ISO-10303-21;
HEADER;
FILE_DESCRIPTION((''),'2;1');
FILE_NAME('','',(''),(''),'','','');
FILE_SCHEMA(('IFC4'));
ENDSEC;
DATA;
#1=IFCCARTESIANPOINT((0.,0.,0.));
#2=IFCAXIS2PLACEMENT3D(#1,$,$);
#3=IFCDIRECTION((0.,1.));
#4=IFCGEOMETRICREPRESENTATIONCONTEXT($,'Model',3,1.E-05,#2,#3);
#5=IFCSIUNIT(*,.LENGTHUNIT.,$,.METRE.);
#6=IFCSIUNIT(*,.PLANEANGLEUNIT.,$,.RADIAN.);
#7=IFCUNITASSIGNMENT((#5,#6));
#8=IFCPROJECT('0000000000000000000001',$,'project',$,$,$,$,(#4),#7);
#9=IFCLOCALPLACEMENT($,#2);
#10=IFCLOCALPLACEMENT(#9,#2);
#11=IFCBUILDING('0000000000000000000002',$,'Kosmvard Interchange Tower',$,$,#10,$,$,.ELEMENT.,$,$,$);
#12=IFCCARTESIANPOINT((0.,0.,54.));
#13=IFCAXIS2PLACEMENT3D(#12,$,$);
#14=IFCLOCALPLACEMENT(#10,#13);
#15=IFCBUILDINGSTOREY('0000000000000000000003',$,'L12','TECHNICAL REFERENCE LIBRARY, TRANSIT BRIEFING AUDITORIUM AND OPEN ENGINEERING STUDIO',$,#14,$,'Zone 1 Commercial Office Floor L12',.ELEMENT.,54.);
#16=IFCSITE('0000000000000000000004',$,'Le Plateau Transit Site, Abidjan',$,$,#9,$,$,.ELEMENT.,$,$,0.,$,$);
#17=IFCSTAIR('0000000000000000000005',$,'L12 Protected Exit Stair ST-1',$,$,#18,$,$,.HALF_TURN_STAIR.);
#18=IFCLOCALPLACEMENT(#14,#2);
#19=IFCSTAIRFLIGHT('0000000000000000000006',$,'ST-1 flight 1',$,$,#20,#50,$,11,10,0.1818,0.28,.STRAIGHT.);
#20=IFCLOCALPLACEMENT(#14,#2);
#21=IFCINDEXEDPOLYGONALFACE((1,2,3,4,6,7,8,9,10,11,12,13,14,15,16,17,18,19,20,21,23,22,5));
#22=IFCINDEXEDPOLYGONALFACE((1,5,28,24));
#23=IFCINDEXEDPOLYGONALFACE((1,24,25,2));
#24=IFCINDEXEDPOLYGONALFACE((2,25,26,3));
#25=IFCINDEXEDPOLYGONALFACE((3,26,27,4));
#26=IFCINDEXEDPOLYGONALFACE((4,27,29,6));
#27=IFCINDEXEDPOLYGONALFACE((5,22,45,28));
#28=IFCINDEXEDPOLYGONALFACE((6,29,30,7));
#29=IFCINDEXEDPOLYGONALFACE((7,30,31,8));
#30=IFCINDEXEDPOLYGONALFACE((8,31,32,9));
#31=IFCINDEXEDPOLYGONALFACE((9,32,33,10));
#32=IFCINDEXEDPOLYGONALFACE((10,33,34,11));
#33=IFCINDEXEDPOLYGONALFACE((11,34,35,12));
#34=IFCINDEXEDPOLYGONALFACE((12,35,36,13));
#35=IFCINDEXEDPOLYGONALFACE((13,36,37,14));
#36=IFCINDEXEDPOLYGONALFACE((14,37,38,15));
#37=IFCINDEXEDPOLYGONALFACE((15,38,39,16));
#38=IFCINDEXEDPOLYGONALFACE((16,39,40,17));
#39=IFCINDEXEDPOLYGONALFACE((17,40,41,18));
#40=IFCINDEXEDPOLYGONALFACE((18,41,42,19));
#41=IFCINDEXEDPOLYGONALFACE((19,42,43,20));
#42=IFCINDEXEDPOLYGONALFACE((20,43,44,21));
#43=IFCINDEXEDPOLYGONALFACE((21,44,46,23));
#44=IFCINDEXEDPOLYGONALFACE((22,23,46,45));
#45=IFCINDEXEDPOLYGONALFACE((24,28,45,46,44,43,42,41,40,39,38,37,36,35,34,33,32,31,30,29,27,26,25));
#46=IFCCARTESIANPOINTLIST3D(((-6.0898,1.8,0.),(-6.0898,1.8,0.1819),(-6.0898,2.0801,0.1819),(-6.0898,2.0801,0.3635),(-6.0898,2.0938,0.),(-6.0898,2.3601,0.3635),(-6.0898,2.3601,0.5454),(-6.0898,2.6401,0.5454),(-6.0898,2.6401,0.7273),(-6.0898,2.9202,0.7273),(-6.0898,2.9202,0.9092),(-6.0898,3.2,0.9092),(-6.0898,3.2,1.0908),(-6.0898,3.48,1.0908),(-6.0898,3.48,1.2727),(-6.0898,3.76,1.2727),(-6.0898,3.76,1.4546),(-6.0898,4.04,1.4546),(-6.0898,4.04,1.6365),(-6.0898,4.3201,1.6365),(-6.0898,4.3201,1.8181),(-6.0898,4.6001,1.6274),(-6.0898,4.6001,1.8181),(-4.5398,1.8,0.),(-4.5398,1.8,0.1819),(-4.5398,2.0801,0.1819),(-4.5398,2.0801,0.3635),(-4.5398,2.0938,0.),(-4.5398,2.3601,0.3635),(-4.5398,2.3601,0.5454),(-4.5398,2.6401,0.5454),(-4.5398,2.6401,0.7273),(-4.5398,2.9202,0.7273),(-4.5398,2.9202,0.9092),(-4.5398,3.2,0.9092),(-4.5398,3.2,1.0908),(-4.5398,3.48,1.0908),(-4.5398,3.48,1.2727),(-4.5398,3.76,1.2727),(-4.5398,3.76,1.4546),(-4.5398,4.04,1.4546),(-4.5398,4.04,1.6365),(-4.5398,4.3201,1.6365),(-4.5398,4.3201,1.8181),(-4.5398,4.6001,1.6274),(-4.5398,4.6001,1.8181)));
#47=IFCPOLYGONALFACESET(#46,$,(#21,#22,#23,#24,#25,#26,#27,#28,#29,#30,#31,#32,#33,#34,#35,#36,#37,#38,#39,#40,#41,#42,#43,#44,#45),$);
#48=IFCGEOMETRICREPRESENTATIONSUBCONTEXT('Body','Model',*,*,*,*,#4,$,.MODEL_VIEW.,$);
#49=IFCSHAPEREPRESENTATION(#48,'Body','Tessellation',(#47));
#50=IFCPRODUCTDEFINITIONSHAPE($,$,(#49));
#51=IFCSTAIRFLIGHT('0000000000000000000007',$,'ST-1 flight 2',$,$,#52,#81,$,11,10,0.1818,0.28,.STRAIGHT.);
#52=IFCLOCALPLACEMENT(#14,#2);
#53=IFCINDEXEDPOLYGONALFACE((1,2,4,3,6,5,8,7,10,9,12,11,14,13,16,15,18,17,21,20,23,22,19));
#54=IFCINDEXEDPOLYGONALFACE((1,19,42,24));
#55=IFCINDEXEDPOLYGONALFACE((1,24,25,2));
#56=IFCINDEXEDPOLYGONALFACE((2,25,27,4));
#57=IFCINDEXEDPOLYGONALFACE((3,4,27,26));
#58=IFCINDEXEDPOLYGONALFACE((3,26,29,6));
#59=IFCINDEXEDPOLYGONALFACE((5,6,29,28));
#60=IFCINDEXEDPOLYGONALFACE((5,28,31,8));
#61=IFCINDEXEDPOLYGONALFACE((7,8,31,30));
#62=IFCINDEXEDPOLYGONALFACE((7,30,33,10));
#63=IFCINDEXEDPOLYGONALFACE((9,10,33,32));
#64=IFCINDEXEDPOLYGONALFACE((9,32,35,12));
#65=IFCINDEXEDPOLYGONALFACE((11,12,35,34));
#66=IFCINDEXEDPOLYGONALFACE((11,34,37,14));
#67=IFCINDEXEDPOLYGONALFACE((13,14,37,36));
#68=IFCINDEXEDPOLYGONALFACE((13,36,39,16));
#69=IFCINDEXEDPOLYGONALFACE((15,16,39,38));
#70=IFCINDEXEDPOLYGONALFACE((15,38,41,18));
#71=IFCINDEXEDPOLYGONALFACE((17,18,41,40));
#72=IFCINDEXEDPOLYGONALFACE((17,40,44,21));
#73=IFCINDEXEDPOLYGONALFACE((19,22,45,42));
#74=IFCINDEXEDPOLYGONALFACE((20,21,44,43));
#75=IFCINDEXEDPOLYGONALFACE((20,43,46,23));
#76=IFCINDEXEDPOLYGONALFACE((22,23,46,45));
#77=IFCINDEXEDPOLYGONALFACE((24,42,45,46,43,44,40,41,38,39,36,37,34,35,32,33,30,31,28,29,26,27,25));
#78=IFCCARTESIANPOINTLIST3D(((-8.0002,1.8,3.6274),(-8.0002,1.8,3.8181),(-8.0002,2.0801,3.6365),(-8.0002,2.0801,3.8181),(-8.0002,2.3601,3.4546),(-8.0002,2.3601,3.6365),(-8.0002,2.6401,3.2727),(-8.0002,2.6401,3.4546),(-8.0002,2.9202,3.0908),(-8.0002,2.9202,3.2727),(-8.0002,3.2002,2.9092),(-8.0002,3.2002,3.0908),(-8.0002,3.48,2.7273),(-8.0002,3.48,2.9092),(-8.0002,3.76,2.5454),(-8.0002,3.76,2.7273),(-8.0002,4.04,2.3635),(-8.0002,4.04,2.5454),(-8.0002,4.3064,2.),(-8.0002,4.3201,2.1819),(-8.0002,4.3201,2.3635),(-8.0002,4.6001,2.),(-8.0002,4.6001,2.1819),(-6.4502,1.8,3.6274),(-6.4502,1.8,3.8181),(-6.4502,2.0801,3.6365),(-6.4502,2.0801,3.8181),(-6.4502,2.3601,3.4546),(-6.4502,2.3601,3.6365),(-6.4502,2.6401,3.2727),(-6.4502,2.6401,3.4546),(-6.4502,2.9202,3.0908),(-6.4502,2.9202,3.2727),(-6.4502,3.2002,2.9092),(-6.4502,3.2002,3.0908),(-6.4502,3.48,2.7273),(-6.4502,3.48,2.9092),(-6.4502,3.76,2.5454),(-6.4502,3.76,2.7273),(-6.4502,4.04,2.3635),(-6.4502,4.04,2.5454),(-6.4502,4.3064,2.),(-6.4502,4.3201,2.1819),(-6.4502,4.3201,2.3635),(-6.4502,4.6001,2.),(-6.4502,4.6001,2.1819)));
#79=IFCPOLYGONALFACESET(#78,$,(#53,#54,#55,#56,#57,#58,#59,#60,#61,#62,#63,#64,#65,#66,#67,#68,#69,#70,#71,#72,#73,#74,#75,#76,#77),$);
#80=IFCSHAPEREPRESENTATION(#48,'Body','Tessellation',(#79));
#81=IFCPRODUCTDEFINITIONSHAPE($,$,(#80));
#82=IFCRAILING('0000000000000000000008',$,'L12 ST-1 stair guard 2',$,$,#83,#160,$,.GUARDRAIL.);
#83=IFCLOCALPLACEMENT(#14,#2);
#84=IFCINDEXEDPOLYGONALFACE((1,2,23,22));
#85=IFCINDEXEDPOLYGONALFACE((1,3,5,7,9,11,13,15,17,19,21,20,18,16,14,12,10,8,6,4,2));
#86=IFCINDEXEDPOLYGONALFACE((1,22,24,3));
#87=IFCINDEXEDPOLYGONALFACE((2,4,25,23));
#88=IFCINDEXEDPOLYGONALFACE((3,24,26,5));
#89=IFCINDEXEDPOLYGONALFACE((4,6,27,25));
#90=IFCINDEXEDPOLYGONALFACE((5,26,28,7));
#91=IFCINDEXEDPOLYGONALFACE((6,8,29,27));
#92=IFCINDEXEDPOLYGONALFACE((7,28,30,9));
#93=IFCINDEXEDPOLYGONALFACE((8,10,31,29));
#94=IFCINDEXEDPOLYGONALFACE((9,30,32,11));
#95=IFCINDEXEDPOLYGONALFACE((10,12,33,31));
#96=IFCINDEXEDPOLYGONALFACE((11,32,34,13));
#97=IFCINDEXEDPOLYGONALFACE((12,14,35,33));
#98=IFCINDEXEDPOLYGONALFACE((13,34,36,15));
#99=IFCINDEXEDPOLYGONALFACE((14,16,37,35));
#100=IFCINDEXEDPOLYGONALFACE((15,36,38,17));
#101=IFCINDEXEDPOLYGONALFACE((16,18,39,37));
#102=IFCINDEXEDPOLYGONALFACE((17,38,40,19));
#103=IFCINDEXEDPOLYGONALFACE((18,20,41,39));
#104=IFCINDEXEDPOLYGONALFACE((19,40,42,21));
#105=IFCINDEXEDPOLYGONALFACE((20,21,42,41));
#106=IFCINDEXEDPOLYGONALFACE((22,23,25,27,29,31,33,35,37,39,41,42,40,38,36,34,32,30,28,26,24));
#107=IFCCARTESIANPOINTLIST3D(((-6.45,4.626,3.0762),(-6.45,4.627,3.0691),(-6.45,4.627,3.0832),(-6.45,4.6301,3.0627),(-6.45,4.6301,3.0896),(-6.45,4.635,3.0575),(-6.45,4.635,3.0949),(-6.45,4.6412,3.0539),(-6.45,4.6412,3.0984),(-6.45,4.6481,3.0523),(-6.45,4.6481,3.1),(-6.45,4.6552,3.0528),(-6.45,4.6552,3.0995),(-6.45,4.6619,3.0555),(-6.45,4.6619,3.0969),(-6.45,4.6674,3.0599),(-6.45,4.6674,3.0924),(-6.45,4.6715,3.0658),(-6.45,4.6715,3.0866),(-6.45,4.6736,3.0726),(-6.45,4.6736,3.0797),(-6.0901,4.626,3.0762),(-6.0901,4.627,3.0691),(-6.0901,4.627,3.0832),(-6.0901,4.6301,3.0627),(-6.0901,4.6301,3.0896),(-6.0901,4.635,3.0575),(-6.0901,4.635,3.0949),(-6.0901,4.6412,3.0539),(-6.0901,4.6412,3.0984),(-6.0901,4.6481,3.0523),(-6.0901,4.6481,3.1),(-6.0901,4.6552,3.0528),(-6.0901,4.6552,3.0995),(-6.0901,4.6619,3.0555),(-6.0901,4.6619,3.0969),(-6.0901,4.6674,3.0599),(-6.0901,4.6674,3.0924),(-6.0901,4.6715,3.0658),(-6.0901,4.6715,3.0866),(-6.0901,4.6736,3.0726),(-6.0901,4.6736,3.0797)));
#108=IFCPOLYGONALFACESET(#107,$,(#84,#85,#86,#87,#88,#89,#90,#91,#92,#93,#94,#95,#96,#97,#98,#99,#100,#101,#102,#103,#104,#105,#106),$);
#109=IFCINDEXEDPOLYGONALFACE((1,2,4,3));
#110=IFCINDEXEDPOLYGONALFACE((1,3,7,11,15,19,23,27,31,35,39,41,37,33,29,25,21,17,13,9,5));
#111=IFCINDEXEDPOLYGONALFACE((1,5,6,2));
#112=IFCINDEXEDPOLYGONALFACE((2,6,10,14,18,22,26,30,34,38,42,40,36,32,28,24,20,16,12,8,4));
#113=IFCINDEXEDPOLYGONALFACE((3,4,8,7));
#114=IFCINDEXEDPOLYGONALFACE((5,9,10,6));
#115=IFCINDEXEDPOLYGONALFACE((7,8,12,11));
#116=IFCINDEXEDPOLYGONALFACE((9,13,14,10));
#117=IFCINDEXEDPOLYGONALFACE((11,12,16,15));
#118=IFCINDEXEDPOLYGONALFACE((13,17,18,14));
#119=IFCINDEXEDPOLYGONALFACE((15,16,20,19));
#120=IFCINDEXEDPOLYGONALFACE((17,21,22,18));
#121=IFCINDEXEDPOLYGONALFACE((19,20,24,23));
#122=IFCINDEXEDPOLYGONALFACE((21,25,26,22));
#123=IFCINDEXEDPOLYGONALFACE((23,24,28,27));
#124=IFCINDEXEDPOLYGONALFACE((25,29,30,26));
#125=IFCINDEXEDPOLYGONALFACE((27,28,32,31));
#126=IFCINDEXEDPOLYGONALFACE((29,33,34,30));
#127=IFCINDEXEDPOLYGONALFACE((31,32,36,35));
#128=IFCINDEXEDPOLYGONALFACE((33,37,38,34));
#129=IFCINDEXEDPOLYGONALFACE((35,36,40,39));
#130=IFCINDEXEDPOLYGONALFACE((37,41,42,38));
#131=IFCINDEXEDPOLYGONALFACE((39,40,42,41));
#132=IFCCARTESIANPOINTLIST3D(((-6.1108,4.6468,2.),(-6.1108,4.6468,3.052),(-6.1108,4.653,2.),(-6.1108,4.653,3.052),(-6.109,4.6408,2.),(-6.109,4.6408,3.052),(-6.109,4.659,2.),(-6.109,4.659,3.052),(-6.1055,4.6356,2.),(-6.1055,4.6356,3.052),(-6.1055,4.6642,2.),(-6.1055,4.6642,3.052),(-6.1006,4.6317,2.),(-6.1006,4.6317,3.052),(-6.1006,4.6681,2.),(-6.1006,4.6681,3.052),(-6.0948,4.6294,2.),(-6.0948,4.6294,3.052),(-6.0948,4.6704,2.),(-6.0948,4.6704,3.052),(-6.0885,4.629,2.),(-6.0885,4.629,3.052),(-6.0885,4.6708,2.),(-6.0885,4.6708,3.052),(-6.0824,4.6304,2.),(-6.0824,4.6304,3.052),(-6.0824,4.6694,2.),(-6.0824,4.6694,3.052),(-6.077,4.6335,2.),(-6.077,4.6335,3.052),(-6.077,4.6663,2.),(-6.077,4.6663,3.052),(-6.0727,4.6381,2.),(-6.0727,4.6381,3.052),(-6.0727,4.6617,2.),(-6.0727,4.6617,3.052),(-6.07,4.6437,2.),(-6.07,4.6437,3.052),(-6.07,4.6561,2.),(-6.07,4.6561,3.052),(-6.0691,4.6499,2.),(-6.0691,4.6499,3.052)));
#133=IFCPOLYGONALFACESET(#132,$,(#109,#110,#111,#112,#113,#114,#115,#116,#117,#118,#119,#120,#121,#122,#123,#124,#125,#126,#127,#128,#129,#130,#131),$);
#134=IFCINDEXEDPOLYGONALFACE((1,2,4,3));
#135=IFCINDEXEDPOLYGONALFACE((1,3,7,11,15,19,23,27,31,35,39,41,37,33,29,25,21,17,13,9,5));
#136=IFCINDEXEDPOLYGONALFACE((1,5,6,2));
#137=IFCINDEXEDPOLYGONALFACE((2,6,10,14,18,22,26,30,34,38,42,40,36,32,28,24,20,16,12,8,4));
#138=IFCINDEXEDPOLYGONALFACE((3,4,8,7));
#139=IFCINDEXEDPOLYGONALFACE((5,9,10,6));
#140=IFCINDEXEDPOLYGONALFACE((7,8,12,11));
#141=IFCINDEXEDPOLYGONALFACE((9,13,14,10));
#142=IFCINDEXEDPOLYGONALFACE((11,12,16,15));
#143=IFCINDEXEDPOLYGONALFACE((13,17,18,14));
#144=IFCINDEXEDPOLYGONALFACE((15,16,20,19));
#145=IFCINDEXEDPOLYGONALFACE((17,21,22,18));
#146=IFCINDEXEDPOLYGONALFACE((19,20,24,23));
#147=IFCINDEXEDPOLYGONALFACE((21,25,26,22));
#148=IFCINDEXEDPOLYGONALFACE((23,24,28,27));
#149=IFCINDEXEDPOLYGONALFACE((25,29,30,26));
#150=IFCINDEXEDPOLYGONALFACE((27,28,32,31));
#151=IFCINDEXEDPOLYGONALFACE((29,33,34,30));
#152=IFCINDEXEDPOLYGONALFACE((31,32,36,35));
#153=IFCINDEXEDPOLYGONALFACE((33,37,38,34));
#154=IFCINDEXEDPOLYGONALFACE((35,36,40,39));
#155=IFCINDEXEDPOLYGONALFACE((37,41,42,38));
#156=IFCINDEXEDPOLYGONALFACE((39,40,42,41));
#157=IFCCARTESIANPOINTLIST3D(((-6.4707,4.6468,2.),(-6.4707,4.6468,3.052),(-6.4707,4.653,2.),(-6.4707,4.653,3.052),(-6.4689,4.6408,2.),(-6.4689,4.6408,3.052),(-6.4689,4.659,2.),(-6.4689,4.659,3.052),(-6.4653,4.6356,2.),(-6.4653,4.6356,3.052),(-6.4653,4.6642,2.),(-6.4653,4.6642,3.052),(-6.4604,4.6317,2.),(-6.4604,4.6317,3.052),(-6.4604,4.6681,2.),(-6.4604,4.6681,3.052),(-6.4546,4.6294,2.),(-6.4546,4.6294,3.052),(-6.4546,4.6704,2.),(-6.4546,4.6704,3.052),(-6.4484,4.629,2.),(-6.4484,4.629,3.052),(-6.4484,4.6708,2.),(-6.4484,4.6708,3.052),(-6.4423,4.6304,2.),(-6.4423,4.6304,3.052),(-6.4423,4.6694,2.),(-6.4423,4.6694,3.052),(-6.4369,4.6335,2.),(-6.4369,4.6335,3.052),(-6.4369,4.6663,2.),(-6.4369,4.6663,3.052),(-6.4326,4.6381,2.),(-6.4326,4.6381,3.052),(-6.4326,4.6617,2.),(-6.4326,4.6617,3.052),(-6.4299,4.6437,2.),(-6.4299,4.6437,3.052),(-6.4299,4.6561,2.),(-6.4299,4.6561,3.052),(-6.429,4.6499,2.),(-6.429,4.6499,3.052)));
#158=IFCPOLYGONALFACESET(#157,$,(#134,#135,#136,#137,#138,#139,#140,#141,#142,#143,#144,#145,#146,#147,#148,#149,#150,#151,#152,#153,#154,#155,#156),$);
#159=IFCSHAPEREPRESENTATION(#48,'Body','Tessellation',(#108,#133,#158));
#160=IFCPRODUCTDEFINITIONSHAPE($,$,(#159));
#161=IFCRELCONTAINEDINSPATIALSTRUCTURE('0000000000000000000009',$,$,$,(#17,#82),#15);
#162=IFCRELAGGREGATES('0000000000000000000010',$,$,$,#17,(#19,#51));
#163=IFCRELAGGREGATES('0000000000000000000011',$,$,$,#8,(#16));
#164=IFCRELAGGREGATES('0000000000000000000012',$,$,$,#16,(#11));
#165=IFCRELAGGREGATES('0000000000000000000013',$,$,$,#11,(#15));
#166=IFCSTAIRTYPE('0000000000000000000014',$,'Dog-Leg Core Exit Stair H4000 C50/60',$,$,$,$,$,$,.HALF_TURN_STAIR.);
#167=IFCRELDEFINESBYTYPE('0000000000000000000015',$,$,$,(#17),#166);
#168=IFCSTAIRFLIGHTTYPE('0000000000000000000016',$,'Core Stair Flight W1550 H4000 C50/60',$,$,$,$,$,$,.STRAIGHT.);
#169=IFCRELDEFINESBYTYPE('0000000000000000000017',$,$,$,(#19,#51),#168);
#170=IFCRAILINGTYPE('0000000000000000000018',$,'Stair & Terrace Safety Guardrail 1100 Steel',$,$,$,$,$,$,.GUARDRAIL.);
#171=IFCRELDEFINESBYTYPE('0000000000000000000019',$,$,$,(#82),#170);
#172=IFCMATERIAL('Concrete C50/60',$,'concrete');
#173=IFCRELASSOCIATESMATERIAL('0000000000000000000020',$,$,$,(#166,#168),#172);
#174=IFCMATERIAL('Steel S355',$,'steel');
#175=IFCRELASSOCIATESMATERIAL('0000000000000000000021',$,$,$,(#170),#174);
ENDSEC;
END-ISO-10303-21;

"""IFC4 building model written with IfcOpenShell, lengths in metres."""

from ifc_helpers import new_model, si_unit, direction, frame, origin, origin_2d, place, context, subcontext, project, spatial, polyline, circle, outline, extrude, source, transform, mapped, material, type_object, element, aggregate, save


model = new_model("IFC4")

# Units and contexts
model_context = context("Model", 3, precision=1e-05, world=origin(), true_north=direction((0.0, 1.0)))
body_context = subcontext(model_context, "Body", "Model", "MODEL_VIEW")
ifc_project = project(units=[si_unit("LENGTHUNIT", "METRE"), si_unit("PLANEANGLEUNIT", "RADIAN")], contexts=[model_context])

# Site, building, storey
site_placement = place(None, origin())
site = spatial("IfcSite", under=ifc_project, at=site_placement, Name="Le Plateau Transit Site, Abidjan", CompositionType="ELEMENT", RefElevation=0.0)
building_placement = place(site_placement, origin())
building = spatial("IfcBuilding", under=site, at=building_placement, Name="Kosmvard Interchange Tower", CompositionType="ELEMENT")
storey_placement = place(building_placement, frame((0.0, 0.0, 54.0)))
storey = spatial("IfcBuildingStorey", under=building, at=storey_placement, Name="L12", Description="TECHNICAL REFERENCE LIBRARY, TRANSIT BRIEFING AUDITORIUM AND OPEN ENGINEERING STUDIO", LongName="Zone 1 Commercial Office Floor L12", CompositionType="ELEMENT", Elevation=54.0)

# Shared definitions
ifc_material_1 = material(Name="Steel S355", Category="steel")

# Stair, stair flights
ifc_material_2 = material(Name="Concrete C50/60", Category="concrete")
stair_type = type_object("IfcStairType", Name="Dog-Leg Core Exit Stair H4000 C50/60", PredefinedType="HALF_TURN_STAIR", material=ifc_material_2)
stair_placement = place(storey_placement, origin())
stair = element("IfcStair", 1, at=stair_placement, inside=storey, type_object=stair_type, Name="L12 Protected Exit Stair ST-1", PredefinedType="HALF_TURN_STAIR")
stair_flight_type = type_object("IfcStairFlightType", Name="Core Stair Flight W1550 H4000 C50/60", PredefinedType="STRAIGHT", material=ifc_material_2)
shared_shape_1 = source(origin(), body_context, "Body", "SweptSolid", [
    extrude(outline(polyline([(0.0, 0.0), (0.0, 0.1819), (0.28, 0.1819), (0.28, 0.3635), (0.5601, 0.3635), (0.5601, 0.5454), (0.8401, 0.5454), (0.8401, 0.7273), (1.1201, 0.7273), (1.1201, 0.9092), (1.3999, 0.9092), (1.3999, 1.0908), (1.6799, 1.0908), (1.6799, 1.2727), (1.96, 1.2727), (1.96, 1.4546), (2.24, 1.4546), (2.24, 1.6365), (2.52, 1.6365), (2.52, 1.8181), (2.8, 1.8181), (2.8, 2.0), (2.8, 1.6274), (0.2937, 0.0), (0.0, 0.0)])), frame((0.0, 0.7749, 0.0), z_axis=(0.0, -1.0, 0.0), x_axis=(1.0, 0.0, 0.0)), (0.0, 0.0, 1.0), 1.55),
])
stair_flight_1_placement = place(storey_placement, frame((-5.3149, 1.8, 0.0), z_axis=(0.0, 0.0, 1.0), x_axis=(0.0, 1.0, 0.0)))
stair_flight_1 = element("IfcStairFlight", 2, at=stair_flight_1_placement, type_object=stair_flight_type, Name="ST-1 flight 1", NumberOfRisers=11, NumberOfTreads=10, PredefinedType="STRAIGHT", RiserHeight=0.1818, TreadLength=0.28, context=body_context, shape_type="MappedRepresentation", body=[
    mapped(shared_shape_1, transform((0.0, 0.0, 0.0), scale=1.0)),
])
stair_flight_2_placement = place(storey_placement, frame((-7.2251, 4.6001, 2.0), z_axis=(0.0, 0.0, 1.0), x_axis=(0.0, -1.0, 0.0)))
stair_flight_2 = element("IfcStairFlight", 3, at=stair_flight_2_placement, type_object=stair_flight_type, Name="ST-1 flight 2", NumberOfRisers=11, NumberOfTreads=10, PredefinedType="STRAIGHT", RiserHeight=0.1818, TreadLength=0.28, context=body_context, shape_type="MappedRepresentation", body=[
    mapped(shared_shape_1, transform((0.0, 0.0, 0.0), scale=1.0)),
])
aggregate(stair, [stair_flight_1, stair_flight_2])

# Railing
railing_type_1 = type_object("IfcRailingType", Name="Stair & Terrace Safety Guardrail 1100 Steel", PredefinedType="GUARDRAIL", material=ifc_material_1)
shared_shape_2 = source(origin(), body_context, "Body", "SweptSolid", [
    extrude(circle(Radius=0.0239, at=origin_2d()), frame((0.0, 0.0, 1.0762), z_axis=(-1.0, 0.0, 0.0), x_axis=(0.0, -1.0, 0.0)), (0.0, 0.0, 1.0), 0.3599),
    extrude(circle(Radius=0.021, at=origin_2d()), origin(), (0.0, 0.0, 1.0), 1.052),
    extrude(circle(Radius=0.021, at=origin_2d()), frame((-0.3599, 0.0, 0.0)), (0.0, 0.0, 1.0), 1.052),
])
for number, where, name in (
    (4, (-6.0901, 4.6499, 2.0), "L12 ST-1 stair guard 2"),
):
    element("IfcRailing", number, at=place(storey_placement, frame(where)), inside=storey, type_object=railing_type_1, Name=name, PredefinedType="GUARDRAIL", context=body_context, shape_type="MappedRepresentation", body=[
        mapped(shared_shape_2, transform((0.0, 0.0, 0.0), scale=1.0)),
    ])

save(model, "model.ifc")
